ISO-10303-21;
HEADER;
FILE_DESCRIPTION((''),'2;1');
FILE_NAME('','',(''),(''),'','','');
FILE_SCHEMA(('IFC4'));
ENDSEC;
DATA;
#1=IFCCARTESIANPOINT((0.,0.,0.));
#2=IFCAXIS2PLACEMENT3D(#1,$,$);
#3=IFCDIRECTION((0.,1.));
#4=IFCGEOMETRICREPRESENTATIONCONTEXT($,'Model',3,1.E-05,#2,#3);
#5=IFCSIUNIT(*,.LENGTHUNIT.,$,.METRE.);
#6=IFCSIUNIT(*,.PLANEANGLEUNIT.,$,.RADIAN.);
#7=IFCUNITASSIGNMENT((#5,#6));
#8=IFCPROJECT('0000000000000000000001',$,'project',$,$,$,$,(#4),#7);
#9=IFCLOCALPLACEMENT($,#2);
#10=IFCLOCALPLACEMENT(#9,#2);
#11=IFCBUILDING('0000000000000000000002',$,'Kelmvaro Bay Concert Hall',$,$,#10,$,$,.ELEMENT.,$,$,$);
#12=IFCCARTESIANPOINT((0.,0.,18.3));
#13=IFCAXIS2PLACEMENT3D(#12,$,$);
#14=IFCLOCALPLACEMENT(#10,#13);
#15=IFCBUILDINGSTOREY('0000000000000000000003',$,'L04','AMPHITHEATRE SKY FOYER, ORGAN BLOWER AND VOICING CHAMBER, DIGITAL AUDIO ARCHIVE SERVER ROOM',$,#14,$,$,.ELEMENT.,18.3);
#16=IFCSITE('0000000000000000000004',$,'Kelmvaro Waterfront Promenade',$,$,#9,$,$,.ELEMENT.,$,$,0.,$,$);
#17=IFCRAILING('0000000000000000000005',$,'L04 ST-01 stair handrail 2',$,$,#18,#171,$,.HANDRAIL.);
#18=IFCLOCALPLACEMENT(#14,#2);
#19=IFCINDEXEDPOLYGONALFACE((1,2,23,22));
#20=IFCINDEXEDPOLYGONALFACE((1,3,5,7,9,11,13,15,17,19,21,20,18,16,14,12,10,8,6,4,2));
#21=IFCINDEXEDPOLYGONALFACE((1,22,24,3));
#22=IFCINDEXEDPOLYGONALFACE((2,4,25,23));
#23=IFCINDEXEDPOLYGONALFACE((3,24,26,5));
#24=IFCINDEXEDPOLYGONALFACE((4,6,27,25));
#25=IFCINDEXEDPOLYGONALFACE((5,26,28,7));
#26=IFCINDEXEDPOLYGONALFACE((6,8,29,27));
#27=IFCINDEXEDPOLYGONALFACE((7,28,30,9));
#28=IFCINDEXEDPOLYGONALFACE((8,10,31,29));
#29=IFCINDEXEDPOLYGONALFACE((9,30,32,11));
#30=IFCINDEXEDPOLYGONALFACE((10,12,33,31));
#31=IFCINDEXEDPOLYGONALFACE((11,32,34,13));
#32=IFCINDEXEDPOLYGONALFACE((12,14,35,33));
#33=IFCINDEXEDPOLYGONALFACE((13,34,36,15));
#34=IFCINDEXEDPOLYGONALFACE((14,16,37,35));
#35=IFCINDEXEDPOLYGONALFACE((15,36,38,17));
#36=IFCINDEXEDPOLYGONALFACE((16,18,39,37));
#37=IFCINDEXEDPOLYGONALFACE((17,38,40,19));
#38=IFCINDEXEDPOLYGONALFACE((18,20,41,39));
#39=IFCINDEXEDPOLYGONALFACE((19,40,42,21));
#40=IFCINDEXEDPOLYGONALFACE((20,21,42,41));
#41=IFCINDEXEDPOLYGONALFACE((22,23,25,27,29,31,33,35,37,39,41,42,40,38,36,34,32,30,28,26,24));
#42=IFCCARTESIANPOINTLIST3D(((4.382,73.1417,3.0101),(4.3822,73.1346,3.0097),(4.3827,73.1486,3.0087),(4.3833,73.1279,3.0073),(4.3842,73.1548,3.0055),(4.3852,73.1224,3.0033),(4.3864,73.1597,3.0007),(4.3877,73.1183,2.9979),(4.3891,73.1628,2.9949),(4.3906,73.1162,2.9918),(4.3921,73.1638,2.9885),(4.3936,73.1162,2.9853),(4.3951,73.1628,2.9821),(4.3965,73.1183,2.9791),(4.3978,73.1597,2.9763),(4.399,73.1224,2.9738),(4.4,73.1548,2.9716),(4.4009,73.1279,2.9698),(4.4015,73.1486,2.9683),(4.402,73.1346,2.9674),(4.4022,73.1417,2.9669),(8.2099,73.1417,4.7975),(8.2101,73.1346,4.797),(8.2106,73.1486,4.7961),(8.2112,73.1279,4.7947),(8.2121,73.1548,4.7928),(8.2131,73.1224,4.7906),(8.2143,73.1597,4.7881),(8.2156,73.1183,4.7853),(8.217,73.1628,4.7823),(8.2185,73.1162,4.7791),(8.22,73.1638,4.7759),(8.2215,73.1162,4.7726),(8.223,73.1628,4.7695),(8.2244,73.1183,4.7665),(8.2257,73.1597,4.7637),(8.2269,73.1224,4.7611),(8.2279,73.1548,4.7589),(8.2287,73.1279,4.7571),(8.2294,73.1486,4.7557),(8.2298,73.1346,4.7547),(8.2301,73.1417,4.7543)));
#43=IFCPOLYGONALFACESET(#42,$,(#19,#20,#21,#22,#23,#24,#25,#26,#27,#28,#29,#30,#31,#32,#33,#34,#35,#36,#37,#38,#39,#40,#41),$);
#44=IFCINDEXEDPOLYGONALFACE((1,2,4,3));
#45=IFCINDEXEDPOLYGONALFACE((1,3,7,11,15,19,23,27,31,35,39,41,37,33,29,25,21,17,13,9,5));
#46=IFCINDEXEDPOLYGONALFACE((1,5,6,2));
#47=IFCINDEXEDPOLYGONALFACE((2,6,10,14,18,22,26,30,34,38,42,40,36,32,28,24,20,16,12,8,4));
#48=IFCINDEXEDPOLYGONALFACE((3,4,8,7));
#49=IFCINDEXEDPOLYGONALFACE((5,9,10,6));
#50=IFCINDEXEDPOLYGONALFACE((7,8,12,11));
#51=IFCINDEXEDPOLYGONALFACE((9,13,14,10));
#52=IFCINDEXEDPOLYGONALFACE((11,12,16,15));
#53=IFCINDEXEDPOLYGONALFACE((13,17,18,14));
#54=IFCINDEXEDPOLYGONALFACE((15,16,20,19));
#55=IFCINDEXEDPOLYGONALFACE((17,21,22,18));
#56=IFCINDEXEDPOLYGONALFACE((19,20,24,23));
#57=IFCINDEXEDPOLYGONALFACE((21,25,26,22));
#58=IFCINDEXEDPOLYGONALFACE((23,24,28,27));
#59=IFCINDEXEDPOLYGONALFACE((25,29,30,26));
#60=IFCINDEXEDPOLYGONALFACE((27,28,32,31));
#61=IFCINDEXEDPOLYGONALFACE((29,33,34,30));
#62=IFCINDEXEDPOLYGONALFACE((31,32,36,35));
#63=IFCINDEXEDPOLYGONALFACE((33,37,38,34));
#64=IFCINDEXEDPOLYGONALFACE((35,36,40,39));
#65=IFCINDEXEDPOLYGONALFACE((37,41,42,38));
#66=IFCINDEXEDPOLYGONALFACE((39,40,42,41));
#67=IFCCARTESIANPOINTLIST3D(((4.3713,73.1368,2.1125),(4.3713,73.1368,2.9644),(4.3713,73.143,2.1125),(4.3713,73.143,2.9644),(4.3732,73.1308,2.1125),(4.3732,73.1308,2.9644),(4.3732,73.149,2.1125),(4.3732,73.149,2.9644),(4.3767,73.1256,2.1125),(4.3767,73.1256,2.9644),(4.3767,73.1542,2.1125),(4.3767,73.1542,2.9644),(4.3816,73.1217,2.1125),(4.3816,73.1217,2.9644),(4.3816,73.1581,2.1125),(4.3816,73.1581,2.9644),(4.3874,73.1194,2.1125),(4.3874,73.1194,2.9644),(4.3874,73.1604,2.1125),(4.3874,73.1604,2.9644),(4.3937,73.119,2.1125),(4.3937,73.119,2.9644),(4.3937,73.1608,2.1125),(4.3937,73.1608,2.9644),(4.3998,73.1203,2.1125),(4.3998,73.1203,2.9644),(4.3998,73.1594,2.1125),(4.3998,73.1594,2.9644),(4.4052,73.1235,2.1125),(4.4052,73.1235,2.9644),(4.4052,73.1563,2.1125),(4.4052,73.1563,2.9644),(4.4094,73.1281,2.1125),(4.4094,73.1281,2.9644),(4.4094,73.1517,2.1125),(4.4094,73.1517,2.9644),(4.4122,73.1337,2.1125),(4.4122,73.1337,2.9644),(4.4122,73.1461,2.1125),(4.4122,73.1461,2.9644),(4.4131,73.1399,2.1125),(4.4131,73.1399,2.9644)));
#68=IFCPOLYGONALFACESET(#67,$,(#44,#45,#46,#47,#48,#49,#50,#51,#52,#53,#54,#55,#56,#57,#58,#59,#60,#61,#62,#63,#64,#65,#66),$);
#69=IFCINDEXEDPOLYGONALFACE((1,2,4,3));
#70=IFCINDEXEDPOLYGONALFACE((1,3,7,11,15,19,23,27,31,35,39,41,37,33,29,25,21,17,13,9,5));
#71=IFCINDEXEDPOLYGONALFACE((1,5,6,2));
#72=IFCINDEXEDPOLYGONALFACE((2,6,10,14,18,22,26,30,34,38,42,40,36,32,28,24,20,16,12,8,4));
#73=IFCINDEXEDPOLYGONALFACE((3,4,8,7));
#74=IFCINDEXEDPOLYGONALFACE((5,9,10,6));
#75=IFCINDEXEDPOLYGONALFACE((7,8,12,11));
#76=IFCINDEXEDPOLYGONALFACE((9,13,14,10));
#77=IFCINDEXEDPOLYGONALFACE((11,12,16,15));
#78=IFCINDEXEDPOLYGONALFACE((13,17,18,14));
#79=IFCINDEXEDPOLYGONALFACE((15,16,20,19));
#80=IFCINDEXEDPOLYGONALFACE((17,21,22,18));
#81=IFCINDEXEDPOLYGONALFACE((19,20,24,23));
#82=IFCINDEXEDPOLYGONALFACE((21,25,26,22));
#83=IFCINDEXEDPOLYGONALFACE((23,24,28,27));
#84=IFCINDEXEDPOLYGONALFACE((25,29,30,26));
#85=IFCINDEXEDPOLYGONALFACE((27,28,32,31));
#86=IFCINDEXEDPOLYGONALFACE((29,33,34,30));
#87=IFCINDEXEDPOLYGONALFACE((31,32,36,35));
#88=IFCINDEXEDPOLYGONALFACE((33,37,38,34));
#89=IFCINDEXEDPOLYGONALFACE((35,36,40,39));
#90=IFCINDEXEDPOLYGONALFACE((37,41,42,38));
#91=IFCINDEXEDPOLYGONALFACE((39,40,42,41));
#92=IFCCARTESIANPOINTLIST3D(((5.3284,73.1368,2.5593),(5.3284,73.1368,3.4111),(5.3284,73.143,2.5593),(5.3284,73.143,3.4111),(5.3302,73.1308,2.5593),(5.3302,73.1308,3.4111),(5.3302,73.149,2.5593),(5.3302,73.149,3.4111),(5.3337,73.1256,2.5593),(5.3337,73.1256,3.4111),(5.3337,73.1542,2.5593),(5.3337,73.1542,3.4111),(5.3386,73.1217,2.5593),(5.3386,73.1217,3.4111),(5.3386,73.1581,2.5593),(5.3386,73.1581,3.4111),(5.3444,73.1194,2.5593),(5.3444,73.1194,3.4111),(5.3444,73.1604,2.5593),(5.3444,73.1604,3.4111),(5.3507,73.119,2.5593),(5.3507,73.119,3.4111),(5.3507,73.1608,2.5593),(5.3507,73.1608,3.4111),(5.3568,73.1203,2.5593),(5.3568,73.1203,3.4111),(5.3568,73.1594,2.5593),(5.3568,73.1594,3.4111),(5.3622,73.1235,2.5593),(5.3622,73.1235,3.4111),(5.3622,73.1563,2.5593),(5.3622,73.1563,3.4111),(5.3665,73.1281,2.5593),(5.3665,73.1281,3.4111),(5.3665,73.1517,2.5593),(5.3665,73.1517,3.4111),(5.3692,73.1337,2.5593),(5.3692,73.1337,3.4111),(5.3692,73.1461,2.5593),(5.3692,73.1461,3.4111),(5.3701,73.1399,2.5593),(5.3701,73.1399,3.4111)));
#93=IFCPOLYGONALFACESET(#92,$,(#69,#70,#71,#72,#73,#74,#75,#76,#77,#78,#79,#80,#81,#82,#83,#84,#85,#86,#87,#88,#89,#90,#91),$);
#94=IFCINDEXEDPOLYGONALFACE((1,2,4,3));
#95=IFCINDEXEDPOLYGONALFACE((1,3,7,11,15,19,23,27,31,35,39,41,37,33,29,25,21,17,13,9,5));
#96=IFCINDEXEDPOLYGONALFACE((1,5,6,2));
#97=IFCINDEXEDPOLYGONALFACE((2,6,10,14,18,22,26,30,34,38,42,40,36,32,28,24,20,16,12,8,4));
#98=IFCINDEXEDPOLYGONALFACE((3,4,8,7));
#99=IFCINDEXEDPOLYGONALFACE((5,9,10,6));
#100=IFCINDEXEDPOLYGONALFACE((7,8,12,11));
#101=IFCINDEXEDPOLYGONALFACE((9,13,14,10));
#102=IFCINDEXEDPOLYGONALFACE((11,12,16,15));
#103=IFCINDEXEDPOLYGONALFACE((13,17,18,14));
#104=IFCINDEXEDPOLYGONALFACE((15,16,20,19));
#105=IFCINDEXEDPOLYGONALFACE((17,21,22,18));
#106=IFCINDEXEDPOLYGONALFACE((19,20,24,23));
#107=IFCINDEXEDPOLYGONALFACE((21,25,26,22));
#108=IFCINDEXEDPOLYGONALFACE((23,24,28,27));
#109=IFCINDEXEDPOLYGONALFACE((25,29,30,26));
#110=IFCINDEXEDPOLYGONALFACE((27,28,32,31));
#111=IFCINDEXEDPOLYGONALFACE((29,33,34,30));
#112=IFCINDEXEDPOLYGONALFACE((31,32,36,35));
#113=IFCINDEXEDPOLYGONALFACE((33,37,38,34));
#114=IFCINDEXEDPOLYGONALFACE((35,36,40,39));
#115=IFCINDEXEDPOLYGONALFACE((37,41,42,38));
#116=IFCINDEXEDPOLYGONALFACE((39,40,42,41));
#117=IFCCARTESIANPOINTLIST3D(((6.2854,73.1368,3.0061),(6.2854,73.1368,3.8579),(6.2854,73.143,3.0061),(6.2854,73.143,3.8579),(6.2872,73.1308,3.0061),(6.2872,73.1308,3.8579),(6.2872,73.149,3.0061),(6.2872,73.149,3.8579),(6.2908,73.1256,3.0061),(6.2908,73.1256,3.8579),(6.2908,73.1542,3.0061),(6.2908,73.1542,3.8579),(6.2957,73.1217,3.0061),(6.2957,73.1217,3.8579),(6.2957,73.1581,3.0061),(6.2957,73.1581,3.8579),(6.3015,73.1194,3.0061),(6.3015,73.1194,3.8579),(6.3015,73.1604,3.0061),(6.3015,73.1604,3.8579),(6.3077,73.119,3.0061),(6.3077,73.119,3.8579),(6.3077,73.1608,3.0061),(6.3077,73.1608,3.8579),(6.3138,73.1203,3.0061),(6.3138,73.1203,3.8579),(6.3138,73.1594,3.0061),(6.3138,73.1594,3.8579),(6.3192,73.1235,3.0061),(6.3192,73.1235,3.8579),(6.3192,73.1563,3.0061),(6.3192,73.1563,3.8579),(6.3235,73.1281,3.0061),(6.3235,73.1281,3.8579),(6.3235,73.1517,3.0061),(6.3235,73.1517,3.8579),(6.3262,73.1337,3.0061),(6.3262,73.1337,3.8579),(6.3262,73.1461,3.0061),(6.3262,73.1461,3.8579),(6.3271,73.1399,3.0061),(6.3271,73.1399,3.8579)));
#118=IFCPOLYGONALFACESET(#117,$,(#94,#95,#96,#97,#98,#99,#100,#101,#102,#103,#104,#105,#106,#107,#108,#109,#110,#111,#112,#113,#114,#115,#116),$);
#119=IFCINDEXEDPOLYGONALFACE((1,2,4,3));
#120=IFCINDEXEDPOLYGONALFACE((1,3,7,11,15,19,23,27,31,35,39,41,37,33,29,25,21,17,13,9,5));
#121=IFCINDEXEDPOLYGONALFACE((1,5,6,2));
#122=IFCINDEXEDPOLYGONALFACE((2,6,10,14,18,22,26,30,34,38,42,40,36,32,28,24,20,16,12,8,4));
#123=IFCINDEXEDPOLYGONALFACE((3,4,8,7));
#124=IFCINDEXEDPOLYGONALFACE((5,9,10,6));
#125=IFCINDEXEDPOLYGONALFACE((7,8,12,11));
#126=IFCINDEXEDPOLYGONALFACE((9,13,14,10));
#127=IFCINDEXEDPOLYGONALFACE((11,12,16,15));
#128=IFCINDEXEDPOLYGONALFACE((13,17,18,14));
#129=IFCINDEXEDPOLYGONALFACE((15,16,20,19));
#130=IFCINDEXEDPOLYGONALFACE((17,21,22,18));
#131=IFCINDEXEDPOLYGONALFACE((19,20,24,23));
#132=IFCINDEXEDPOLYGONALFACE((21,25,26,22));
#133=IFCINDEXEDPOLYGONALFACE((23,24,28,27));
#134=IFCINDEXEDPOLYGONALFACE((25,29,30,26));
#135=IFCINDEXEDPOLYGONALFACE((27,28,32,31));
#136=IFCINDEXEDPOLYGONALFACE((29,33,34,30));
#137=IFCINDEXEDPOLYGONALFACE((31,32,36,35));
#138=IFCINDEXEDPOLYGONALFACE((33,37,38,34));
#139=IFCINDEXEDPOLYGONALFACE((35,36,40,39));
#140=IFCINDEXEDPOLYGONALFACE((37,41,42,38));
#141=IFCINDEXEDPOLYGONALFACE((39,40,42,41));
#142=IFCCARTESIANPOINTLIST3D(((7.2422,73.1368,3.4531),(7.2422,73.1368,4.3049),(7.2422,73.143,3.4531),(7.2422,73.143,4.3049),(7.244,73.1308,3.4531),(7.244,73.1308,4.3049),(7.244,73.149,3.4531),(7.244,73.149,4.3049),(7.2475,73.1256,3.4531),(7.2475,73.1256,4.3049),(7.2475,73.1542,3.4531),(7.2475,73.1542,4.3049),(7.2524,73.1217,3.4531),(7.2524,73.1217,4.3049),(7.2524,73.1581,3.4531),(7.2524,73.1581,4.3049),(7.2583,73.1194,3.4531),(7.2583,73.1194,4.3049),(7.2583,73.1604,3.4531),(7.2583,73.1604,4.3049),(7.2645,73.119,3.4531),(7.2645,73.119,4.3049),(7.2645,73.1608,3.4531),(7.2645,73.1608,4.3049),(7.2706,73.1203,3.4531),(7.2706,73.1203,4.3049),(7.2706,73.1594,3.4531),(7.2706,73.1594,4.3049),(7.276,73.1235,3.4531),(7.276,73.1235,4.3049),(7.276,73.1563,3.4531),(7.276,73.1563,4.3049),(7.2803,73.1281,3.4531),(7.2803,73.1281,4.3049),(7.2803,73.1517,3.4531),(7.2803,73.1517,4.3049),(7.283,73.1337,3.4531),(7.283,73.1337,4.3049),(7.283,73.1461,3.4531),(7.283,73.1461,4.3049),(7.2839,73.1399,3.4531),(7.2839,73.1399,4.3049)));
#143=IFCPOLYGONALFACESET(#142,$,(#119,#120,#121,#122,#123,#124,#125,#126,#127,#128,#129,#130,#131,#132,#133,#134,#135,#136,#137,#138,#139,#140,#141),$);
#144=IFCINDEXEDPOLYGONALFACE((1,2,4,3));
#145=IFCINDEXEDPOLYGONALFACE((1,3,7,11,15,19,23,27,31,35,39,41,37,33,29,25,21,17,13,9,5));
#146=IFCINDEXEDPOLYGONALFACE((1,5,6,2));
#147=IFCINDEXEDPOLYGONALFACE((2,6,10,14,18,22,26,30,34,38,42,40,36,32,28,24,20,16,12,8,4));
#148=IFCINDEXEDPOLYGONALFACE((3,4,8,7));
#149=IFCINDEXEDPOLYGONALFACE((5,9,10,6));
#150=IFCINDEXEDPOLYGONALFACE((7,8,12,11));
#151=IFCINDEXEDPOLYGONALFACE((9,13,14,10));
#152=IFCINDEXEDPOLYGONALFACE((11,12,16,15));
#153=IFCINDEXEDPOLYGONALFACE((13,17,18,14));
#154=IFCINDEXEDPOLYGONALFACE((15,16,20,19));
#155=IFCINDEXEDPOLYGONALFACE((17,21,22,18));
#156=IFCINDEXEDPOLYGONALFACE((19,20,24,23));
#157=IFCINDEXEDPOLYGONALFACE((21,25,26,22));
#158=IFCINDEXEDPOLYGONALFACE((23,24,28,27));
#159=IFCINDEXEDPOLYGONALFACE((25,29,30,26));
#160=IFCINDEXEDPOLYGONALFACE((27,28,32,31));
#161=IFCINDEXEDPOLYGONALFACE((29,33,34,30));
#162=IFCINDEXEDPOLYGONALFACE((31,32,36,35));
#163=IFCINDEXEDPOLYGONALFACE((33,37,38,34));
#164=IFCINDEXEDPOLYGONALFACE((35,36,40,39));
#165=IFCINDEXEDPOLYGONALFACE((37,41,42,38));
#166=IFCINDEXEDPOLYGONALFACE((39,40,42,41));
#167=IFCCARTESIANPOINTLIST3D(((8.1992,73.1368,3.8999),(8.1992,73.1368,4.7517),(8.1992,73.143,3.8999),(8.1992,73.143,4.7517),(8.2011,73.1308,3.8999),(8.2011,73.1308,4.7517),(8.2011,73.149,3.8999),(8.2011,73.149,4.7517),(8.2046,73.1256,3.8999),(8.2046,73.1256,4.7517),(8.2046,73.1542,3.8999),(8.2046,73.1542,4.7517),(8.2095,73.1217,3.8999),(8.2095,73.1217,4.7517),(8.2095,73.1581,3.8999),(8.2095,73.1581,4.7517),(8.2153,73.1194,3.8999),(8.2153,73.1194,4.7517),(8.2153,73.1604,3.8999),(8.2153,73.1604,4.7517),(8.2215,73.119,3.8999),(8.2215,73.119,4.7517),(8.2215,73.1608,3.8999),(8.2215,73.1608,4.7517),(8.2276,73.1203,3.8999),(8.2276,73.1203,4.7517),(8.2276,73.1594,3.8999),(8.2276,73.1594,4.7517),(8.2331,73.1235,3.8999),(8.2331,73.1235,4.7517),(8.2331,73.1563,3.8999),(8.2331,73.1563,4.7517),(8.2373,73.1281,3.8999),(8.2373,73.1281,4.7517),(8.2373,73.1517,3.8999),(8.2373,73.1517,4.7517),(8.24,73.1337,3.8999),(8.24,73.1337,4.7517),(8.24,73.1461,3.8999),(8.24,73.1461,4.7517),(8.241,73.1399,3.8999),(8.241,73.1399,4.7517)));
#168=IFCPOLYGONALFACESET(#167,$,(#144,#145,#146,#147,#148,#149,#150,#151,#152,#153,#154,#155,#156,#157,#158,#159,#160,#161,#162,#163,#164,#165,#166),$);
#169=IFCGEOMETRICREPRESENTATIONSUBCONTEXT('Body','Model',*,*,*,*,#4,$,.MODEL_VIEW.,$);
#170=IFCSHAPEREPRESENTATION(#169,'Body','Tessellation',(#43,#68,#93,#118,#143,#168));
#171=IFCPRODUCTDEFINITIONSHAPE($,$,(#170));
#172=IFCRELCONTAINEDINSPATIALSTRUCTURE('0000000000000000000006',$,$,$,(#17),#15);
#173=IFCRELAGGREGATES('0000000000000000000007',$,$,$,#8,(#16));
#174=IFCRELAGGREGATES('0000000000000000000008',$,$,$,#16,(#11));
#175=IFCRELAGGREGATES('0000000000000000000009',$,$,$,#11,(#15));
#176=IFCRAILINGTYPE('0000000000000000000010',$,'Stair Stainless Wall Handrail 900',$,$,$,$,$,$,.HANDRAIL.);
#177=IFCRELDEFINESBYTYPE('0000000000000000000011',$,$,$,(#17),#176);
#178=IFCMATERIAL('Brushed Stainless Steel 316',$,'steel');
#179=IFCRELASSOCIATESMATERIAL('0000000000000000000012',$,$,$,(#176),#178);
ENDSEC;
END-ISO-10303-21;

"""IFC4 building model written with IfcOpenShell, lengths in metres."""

from ifc_helpers import new_model, si_unit, direction, frame, origin, origin_2d, place, context, subcontext, project, spatial, circle, extrude, material, type_object, element, save


model = new_model("IFC4")

# Units and contexts
model_context = context("Model", 3, precision=1e-05, world=origin(), true_north=direction((0.0, 1.0)))
body_context = subcontext(model_context, "Body", "Model", "MODEL_VIEW")
ifc_project = project(units=[si_unit("LENGTHUNIT", "METRE"), si_unit("PLANEANGLEUNIT", "RADIAN")], contexts=[model_context])

# Site, building, storey
site_placement = place(None, origin())
site = spatial("IfcSite", under=ifc_project, at=site_placement, Name="Kelmvaro Waterfront Promenade", CompositionType="ELEMENT", RefElevation=0.0)
building_placement = place(site_placement, origin())
building = spatial("IfcBuilding", under=site, at=building_placement, Name="Kelmvaro Bay Concert Hall", CompositionType="ELEMENT")
storey_placement = place(building_placement, frame((0.0, 0.0, 18.3)))
storey = spatial("IfcBuildingStorey", under=building, at=storey_placement, Name="L04", Description="AMPHITHEATRE SKY FOYER, ORGAN BLOWER AND VOICING CHAMBER, DIGITAL AUDIO ARCHIVE SERVER ROOM", CompositionType="ELEMENT", Elevation=18.3)

# Railing
ifc_material_1 = material(Name="Brushed Stainless Steel 316", Category="steel")
railing_type_1 = type_object("IfcRailingType", Name="Stair Stainless Wall Handrail 900", PredefinedType="HANDRAIL", material=ifc_material_1)
railing_1_placement = place(storey_placement, frame((4.3921, 73.1399, 2.1125)))
element("IfcRailing", 1, at=railing_1_placement, inside=storey, type_object=railing_type_1, Name="L04 ST-01 stair handrail 2", PredefinedType="HANDRAIL", context=body_context, shape_type="SweptSolid", body=[
    extrude(circle(Radius=0.0239, at=origin_2d()), frame((0.0, 0.0, 0.876), z_axis=(0.906092, 0.0, 0.423082), x_axis=(0.0, 1.0, 0.0)), (0.0, 0.0, 1.0), 4.2246),
    extrude(circle(Radius=0.021, at=origin_2d()), origin(), (0.0, 0.0, 1.0), 0.8518),
    extrude(circle(Radius=0.021, at=origin_2d()), frame((0.957, 0.0, 0.4468)), (0.0, 0.0, 1.0), 0.8518),
    extrude(circle(Radius=0.021, at=origin_2d()), frame((1.9141, 0.0, 0.8936)), (0.0, 0.0, 1.0), 0.8518),
    extrude(circle(Radius=0.021, at=origin_2d()), frame((2.8708, 0.0, 1.3406)), (0.0, 0.0, 1.0), 0.8518),
    extrude(circle(Radius=0.021, at=origin_2d()), frame((3.8279, 0.0, 1.7874)), (0.0, 0.0, 1.0), 0.8518),
])

save(model, "model.ifc")
